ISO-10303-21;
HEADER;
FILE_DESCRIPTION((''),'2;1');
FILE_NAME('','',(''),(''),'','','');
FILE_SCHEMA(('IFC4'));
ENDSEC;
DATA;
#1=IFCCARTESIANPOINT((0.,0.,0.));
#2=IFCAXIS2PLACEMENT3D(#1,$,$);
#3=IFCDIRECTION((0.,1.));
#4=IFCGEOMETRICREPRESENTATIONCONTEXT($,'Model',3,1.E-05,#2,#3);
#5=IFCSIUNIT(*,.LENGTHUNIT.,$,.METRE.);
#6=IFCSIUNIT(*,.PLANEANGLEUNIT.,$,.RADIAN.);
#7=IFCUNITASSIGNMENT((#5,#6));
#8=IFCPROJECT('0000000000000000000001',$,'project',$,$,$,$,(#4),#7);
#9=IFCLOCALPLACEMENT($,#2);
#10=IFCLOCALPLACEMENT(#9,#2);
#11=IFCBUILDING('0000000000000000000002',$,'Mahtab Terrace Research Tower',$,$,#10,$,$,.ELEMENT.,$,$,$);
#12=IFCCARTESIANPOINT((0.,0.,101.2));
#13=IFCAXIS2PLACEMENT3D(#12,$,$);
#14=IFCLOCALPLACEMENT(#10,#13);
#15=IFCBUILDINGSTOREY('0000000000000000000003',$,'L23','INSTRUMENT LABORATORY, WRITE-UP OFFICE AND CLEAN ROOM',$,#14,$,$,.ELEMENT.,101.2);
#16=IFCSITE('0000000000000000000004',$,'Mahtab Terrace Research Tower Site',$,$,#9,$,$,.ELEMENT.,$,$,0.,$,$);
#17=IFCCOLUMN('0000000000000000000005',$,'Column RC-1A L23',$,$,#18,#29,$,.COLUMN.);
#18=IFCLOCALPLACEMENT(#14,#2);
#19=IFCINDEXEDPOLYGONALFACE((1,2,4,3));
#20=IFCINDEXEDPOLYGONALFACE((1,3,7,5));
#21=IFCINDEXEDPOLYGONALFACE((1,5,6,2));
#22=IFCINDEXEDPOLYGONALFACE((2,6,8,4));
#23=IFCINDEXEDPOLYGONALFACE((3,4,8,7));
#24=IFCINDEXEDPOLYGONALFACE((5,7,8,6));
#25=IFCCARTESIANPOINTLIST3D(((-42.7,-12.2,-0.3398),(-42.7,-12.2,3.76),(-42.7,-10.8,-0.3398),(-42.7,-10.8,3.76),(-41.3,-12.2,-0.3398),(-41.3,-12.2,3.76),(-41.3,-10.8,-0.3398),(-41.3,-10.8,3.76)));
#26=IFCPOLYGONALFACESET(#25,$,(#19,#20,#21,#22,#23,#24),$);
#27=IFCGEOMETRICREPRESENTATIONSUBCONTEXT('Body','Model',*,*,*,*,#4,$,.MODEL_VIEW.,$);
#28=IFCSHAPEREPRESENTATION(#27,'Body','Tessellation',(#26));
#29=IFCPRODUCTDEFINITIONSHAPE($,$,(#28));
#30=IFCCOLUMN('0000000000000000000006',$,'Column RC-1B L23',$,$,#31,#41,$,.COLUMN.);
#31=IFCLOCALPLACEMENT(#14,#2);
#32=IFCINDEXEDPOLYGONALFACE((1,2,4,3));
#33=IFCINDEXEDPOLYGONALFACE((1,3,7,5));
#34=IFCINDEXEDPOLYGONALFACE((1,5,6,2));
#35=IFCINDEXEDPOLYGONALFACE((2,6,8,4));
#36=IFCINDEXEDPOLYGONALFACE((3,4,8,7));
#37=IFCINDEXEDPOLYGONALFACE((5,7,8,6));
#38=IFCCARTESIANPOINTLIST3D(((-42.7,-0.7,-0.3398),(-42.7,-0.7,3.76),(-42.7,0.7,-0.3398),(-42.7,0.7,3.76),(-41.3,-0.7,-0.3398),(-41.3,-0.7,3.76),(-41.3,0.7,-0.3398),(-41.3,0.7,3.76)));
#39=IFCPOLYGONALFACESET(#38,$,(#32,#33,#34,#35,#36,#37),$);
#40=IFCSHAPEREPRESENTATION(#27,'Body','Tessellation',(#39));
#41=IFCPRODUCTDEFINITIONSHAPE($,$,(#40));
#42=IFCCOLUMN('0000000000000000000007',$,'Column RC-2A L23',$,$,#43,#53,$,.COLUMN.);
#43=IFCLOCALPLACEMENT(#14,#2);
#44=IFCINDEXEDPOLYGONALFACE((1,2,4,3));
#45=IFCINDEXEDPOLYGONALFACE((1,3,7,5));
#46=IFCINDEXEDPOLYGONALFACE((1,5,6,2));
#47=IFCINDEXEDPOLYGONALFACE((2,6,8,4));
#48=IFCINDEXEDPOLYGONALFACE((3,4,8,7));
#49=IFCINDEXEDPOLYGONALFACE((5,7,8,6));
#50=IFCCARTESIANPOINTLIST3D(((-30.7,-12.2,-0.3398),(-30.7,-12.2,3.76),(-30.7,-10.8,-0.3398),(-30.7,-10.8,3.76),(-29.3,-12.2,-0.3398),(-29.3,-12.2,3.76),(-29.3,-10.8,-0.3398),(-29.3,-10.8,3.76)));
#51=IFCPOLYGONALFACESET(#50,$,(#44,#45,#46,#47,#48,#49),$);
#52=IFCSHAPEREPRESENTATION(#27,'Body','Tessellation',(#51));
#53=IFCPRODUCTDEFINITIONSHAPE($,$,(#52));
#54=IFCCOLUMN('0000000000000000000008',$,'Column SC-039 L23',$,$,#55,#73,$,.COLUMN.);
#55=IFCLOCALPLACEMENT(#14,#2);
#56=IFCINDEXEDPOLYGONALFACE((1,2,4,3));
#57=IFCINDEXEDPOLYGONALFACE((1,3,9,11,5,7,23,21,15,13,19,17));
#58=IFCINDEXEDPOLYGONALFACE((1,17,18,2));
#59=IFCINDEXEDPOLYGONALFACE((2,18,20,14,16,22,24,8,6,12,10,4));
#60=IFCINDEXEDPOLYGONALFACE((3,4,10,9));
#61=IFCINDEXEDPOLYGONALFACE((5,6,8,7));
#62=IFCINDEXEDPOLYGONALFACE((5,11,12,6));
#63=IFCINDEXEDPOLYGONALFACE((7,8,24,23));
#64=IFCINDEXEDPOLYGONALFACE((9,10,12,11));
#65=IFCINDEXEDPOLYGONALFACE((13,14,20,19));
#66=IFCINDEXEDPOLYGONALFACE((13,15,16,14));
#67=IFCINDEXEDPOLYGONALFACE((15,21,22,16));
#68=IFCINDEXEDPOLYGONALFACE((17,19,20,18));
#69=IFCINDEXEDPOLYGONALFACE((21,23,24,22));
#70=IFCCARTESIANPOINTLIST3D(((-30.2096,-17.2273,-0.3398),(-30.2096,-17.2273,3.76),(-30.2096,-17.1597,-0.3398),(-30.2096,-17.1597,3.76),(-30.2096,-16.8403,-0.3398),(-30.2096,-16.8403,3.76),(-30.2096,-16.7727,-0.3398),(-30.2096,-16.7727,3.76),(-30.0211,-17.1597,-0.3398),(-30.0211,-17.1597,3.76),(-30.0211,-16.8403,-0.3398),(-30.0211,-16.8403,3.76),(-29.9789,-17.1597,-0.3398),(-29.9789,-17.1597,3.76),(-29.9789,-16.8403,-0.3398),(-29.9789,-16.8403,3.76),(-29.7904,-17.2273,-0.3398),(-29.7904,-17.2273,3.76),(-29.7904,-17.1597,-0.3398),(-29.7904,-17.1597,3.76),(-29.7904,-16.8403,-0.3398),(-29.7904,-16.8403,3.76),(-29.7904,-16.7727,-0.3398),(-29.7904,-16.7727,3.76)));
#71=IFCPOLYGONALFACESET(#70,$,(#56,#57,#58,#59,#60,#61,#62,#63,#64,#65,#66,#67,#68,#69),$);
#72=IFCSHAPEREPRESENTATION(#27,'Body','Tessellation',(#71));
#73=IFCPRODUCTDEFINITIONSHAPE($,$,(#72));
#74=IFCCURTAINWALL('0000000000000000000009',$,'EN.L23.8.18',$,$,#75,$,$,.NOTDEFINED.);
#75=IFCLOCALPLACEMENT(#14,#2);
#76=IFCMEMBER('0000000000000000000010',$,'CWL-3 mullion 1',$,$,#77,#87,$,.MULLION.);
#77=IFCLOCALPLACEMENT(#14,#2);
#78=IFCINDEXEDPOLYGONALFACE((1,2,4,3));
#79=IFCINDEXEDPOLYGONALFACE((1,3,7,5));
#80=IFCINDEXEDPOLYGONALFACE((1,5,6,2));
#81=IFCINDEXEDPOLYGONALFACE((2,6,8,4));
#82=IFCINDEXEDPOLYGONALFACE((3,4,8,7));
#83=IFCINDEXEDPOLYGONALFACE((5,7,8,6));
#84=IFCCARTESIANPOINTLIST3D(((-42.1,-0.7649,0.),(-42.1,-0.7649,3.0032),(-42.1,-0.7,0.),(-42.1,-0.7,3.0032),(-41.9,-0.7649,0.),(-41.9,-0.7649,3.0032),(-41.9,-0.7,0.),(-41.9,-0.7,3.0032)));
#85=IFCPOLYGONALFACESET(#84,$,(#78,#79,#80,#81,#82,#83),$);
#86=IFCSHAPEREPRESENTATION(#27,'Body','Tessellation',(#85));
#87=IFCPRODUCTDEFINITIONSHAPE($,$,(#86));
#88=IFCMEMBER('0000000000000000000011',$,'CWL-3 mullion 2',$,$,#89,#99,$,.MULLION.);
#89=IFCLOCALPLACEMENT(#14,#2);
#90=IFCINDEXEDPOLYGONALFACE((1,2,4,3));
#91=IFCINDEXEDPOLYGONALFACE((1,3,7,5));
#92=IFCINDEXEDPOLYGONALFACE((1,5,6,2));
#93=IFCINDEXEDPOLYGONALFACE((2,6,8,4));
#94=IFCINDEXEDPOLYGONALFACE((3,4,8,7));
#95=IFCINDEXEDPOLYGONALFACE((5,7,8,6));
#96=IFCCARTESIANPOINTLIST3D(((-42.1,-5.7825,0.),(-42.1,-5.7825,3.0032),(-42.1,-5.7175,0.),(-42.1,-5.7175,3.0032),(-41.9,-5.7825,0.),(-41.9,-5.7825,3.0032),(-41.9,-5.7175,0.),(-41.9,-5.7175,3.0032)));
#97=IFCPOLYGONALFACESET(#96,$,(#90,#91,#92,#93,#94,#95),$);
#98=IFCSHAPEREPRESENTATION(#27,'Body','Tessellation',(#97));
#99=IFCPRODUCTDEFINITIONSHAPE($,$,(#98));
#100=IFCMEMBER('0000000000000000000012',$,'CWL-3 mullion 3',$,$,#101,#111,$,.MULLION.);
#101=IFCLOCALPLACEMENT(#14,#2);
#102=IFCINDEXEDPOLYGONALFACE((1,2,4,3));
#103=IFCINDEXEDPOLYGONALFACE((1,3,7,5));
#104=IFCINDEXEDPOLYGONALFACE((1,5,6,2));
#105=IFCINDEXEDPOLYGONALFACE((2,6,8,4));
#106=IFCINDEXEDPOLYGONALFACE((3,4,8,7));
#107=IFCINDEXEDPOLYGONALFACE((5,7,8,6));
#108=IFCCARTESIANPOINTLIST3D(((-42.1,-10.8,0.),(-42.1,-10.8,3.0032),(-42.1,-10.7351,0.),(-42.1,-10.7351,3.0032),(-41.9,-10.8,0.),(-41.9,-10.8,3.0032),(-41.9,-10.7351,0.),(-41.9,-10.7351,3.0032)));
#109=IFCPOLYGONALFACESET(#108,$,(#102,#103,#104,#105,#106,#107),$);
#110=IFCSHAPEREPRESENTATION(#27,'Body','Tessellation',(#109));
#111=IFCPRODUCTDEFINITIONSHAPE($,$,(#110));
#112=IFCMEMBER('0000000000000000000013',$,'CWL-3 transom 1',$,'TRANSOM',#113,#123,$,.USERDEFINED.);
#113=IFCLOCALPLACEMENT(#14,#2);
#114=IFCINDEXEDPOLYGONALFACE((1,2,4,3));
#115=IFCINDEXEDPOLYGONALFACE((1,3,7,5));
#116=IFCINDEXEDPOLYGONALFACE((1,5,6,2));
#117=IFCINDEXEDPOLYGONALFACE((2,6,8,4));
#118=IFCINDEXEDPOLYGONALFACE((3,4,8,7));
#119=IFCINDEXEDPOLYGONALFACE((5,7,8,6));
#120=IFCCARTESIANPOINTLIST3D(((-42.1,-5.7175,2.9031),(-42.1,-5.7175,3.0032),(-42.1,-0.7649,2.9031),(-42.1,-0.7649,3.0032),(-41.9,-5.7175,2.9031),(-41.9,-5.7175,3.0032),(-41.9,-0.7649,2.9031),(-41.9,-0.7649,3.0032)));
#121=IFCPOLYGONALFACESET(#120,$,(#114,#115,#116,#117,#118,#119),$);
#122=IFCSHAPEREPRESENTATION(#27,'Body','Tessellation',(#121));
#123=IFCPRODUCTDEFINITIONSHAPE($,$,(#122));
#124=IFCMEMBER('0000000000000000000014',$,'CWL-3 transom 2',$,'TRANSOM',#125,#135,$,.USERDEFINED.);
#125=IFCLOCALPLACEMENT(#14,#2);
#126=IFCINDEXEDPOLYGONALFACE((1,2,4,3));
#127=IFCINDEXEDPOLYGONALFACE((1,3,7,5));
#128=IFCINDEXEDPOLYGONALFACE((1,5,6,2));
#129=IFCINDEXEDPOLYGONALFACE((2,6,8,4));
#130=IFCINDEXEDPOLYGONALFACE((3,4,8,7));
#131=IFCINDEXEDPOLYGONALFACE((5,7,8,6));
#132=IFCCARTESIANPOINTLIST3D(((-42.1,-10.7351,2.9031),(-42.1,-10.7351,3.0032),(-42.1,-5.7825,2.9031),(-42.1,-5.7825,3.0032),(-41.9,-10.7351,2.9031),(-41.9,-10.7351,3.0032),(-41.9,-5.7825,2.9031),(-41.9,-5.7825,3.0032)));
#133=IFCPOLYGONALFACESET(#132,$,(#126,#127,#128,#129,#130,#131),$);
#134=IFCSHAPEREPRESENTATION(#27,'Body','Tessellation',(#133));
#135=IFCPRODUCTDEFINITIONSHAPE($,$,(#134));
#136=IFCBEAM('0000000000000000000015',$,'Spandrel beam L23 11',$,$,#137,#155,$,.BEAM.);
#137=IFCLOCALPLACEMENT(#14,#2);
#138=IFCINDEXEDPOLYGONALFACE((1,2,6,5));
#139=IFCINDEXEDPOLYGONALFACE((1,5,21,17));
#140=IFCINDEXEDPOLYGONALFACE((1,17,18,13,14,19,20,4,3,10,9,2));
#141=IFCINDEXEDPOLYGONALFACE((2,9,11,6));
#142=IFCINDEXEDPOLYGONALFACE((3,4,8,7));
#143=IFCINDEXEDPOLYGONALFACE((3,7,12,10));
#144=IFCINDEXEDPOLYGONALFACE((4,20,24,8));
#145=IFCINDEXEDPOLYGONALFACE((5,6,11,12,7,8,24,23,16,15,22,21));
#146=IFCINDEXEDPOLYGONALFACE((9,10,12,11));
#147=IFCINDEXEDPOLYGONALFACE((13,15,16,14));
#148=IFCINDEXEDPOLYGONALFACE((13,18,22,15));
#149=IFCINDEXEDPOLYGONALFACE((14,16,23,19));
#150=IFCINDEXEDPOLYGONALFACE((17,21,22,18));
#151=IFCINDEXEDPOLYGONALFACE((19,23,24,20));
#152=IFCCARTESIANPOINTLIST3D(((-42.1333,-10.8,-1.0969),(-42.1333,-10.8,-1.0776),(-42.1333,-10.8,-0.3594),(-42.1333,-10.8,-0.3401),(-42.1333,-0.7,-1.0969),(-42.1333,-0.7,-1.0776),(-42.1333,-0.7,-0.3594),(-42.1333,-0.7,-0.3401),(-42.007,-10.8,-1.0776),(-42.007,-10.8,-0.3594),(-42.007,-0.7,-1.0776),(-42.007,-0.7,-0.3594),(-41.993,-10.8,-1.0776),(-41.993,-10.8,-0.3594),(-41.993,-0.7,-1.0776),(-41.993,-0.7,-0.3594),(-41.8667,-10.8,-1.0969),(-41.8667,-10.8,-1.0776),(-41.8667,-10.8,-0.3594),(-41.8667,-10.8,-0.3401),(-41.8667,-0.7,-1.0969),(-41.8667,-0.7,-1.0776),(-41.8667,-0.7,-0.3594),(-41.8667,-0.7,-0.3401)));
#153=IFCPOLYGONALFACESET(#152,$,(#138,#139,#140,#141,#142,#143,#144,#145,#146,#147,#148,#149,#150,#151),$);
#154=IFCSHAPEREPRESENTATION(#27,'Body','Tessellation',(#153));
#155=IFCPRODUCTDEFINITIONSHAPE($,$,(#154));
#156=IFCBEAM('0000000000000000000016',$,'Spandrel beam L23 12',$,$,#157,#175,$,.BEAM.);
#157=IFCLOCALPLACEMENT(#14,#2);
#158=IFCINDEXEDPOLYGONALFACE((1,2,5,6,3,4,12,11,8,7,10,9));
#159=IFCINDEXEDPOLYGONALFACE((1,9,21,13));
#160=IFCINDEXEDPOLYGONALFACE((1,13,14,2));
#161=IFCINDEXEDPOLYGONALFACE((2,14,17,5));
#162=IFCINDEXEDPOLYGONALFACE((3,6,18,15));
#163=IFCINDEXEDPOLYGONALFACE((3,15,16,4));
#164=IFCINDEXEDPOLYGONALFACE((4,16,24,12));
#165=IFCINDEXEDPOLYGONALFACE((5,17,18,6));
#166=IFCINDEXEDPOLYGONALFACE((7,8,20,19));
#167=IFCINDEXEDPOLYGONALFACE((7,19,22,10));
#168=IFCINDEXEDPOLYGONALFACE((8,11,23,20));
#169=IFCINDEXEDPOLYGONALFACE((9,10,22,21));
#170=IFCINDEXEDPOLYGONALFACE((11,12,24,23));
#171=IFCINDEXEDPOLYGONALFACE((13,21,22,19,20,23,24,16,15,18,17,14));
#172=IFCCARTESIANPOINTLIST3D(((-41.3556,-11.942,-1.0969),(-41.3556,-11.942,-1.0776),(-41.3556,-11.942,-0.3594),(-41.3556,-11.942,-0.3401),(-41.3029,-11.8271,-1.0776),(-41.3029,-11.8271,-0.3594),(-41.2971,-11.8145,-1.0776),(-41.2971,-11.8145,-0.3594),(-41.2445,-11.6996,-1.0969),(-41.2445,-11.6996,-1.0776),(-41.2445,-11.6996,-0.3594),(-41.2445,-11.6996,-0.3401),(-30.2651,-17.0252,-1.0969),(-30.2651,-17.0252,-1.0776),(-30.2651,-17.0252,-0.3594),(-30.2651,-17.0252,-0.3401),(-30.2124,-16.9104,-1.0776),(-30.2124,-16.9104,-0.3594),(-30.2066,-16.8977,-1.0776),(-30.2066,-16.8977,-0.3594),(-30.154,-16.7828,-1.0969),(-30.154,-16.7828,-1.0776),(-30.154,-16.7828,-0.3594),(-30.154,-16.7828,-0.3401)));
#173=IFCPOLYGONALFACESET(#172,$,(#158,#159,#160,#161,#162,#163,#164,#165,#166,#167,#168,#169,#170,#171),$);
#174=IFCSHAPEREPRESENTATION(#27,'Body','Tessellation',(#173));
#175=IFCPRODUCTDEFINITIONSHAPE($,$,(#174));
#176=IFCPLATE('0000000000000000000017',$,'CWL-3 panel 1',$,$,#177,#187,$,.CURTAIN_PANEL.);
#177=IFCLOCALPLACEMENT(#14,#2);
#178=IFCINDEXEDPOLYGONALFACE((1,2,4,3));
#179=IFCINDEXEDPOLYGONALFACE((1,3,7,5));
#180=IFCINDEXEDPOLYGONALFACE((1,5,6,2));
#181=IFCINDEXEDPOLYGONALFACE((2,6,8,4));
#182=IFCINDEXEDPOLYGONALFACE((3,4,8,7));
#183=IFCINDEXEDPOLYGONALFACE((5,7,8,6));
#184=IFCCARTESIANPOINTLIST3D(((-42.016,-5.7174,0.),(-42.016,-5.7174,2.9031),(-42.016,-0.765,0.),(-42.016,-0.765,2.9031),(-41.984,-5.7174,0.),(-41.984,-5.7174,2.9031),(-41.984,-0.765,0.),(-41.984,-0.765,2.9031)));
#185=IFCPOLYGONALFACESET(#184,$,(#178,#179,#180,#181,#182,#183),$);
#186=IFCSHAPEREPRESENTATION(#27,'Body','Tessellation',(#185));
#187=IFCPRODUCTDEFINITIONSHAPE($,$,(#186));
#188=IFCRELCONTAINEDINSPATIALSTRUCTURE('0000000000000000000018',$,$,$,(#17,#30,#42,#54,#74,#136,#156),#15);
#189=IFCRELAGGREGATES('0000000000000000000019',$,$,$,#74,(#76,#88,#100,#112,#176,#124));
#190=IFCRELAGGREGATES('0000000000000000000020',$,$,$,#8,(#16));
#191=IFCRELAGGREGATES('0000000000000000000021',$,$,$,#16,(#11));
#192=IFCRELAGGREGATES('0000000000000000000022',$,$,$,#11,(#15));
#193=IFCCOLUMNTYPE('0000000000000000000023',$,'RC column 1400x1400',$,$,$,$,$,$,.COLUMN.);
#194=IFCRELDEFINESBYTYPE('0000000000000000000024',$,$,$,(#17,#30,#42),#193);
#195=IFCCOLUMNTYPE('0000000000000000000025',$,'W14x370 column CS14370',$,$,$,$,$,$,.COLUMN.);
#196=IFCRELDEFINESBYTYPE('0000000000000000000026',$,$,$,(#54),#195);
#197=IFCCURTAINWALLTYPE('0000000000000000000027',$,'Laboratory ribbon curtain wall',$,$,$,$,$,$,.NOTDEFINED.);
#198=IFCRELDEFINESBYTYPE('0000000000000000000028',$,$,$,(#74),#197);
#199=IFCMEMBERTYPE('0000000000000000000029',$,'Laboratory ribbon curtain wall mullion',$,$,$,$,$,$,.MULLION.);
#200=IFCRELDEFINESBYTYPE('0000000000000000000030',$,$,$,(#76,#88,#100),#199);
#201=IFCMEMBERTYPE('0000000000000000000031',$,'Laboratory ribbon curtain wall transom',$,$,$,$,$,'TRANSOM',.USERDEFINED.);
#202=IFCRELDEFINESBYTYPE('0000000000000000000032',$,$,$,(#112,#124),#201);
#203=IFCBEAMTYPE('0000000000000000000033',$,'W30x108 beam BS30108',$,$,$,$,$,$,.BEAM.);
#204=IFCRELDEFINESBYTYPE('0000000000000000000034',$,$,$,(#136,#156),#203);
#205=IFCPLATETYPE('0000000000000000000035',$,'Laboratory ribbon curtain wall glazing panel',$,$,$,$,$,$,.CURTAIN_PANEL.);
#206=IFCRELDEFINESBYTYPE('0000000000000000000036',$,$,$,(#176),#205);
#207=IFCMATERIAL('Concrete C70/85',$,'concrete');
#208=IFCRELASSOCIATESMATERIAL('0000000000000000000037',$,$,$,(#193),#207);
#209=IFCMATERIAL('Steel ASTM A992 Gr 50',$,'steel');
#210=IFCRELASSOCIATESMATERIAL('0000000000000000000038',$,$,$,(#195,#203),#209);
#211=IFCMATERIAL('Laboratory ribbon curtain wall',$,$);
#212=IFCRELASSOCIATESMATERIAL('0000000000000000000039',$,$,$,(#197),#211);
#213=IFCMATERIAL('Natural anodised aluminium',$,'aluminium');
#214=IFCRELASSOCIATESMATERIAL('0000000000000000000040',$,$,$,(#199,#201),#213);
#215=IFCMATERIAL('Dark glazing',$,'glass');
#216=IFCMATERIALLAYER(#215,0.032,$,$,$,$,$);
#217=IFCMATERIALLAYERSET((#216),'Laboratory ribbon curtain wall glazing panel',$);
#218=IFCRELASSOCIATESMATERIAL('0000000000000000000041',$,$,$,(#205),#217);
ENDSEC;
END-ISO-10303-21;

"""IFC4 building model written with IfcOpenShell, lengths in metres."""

from ifc_helpers import new_model, si_unit, direction, frame, origin, origin_2d, place, context, subcontext, project, spatial, rectangle, i_section, extrude, material, layer, layer_set, material_profile, profile_set, type_object, element, aggregate, save


model = new_model("IFC4")

# Units and contexts
model_context = context("Model", 3, precision=1e-05, world=origin(), true_north=direction((0.0, 1.0)))
body_context = subcontext(model_context, "Body", "Model", "MODEL_VIEW")
ifc_project = project(units=[si_unit("LENGTHUNIT", "METRE"), si_unit("PLANEANGLEUNIT", "RADIAN")], contexts=[model_context])

# Site, building, storey
site_placement = place(None, origin())
site = spatial("IfcSite", under=ifc_project, at=site_placement, Name="Mahtab Terrace Research Tower Site", CompositionType="ELEMENT", RefElevation=0.0)
building_placement = place(site_placement, origin())
building = spatial("IfcBuilding", under=site, at=building_placement, Name="Mahtab Terrace Research Tower", CompositionType="ELEMENT")
storey_placement = place(building_placement, frame((0.0, 0.0, 101.2)))
storey = spatial("IfcBuildingStorey", under=building, at=storey_placement, Name="L23", Description="INSTRUMENT LABORATORY, WRITE-UP OFFICE AND CLEAN ROOM", CompositionType="ELEMENT", Elevation=101.2)

# Columns
ifc_material_1 = material(Name="Concrete C70/85", Category="concrete")
ifc_material_profile_1 = material_profile(ifc_material_1, rectangle(XDim=1.3999, YDim=1.3999, at=origin_2d()), Name="RC column 1400x1400")
ifc_profile_set_1 = profile_set([ifc_material_profile_1], Name="Concrete C70/85")
column_type_1 = type_object("IfcColumnType", Name="RC column 1400x1400", PredefinedType="COLUMN", material=ifc_profile_set_1)
for number, where, z_axis, x_axis, name in (
    (1, (-42.0, -11.5, -0.3398), (0.0, 0.0, 1.0), (1.0, 0.0, 0.0), "Column RC-1A L23"),
    (2, (-42.0, 0.0, -0.3398), (0.0, 0.0, 1.0), (1.0, 0.0, 0.0), "Column RC-1B L23"),
    (3, (-30.0, -11.5, -0.3398), (0.0, 0.0, 1.0), (1.0, 0.0, 0.0), "Column RC-2A L23"),
):
    element("IfcColumn", number, at=place(storey_placement, frame(where, z_axis=z_axis, x_axis=x_axis)), inside=storey, type_object=column_type_1, Name=name, PredefinedType="COLUMN", context=body_context, shape_type="SweptSolid", body=[
        extrude(rectangle(XDim=1.3999, YDim=1.3999, at=origin_2d()), origin(), (0.0, 0.0, 1.0), 4.0999),
    ])
ifc_material_2 = material(Name="Steel ASTM A992 Gr 50", Category="steel")
ifc_material_profile_2 = material_profile(ifc_material_2, i_section(OverallWidth=0.4192, OverallDepth=0.4546, WebThickness=0.0422, FlangeThickness=0.0676, at=origin_2d()), Name="W14X370")
ifc_profile_set_2 = profile_set([ifc_material_profile_2], Name="Steel ASTM A992 Gr 50")
column_type_2 = type_object("IfcColumnType", Name="W14x370 column CS14370", PredefinedType="COLUMN", material=ifc_profile_set_2)
column_placement = place(storey_placement, frame((-30.0, -17.0, -0.3398), z_axis=(0.0, 0.0, 1.0), x_axis=(1.0, 0.0, 0.0)))
element("IfcColumn", 4, at=column_placement, inside=storey, type_object=column_type_2, Name="Column SC-039 L23", PredefinedType="COLUMN", context=body_context, shape_type="SweptSolid", body=[
    extrude(i_section(OverallWidth=0.4192, OverallDepth=0.4546, WebThickness=0.0422, FlangeThickness=0.0676, at=origin_2d()), origin(), (0.0, 0.0, 1.0), 4.0999),
])

# Curtain wall, members
ifc_material_3 = material(Name="Laboratory ribbon curtain wall")
curtain_wall_type = type_object("IfcCurtainWallType", Name="Laboratory ribbon curtain wall", PredefinedType="NOTDEFINED", material=ifc_material_3)
curtain_wall_placement = place(storey_placement, origin())
curtain_wall = element("IfcCurtainWall", 5, at=curtain_wall_placement, inside=storey, type_object=curtain_wall_type, Name="EN.L23.8.18", PredefinedType="NOTDEFINED")
ifc_material_4 = material(Name="Natural anodised aluminium", Category="aluminium")
ifc_material_profile_3 = material_profile(ifc_material_4, rectangle(XDim=0.2, YDim=0.0649, at=origin_2d()), Name="MULLION 65x200")
ifc_profile_set_3 = profile_set([ifc_material_profile_3], Name="Natural anodised aluminium")
member_type_1 = type_object("IfcMemberType", Name="Laboratory ribbon curtain wall mullion", PredefinedType="MULLION", material=ifc_profile_set_3)
member_1_placement = place(storey_placement, frame((-42.0, -0.7324, 0.0), z_axis=(0.0, 0.0, 1.0), x_axis=(1.0, 0.0, 0.0)))
member_1 = element("IfcMember", 6, at=member_1_placement, type_object=member_type_1, Name="CWL-3 mullion 1", PredefinedType="MULLION", context=body_context, shape_type="SweptSolid", body=[
    extrude(rectangle(XDim=0.2, YDim=0.0649, at=origin_2d()), origin(), (0.0, 0.0, 1.0), 3.0032),
])
member_2_placement = place(storey_placement, frame((-42.0, -5.75, 0.0), z_axis=(0.0, 0.0, 1.0), x_axis=(1.0, 0.0, 0.0)))
member_2 = element("IfcMember", 7, at=member_2_placement, type_object=member_type_1, Name="CWL-3 mullion 2", PredefinedType="MULLION", context=body_context, shape_type="SweptSolid", body=[
    extrude(rectangle(XDim=0.2, YDim=0.0649, at=origin_2d()), origin(), (0.0, 0.0, 1.0), 3.0032),
])
member_3_placement = place(storey_placement, frame((-42.0, -10.7676, 0.0), z_axis=(0.0, 0.0, 1.0), x_axis=(1.0, 0.0, 0.0)))
member_3 = element("IfcMember", 8, at=member_3_placement, type_object=member_type_1, Name="CWL-3 mullion 3", PredefinedType="MULLION", context=body_context, shape_type="SweptSolid", body=[
    extrude(rectangle(XDim=0.2, YDim=0.0649, at=origin_2d()), origin(), (0.0, 0.0, 1.0), 3.0032),
])
ifc_material_profile_4 = material_profile(ifc_material_4, rectangle(XDim=0.2, YDim=0.1001, at=origin_2d()), Name="TRANSOM 100x200")
ifc_profile_set_4 = profile_set([ifc_material_profile_4], Name="Natural anodised aluminium")
member_type_2 = type_object("IfcMemberType", Name="Laboratory ribbon curtain wall transom", ElementType="TRANSOM", PredefinedType="USERDEFINED", material=ifc_profile_set_4)
member_4_placement = place(storey_placement, frame((-42.0, -0.7649, 2.9531), z_axis=(0.0, -1.0, 0.0), x_axis=(1.0, 0.0, 0.0)))
member_4 = element("IfcMember", 9, at=member_4_placement, type_object=member_type_2, Name="CWL-3 transom 1", ObjectType="TRANSOM", PredefinedType="USERDEFINED", context=body_context, shape_type="SweptSolid", body=[
    extrude(rectangle(XDim=0.2, YDim=0.1001, at=origin_2d()), origin(), (0.0, 0.0, 1.0), 4.9526),
])
member_5_placement = place(storey_placement, frame((-42.0, -5.7825, 2.9531), z_axis=(0.0, -1.0, 0.0), x_axis=(1.0, 0.0, 0.0)))
member_5 = element("IfcMember", 10, at=member_5_placement, type_object=member_type_2, Name="CWL-3 transom 2", ObjectType="TRANSOM", PredefinedType="USERDEFINED", context=body_context, shape_type="SweptSolid", body=[
    extrude(rectangle(XDim=0.2, YDim=0.1001, at=origin_2d()), origin(), (0.0, 0.0, 1.0), 4.9526),
])

# Beams
ifc_material_profile_5 = material_profile(ifc_material_2, i_section(OverallWidth=0.2666, OverallDepth=0.7568, WebThickness=0.0139, FlangeThickness=0.0193, at=origin_2d()), Name="W30X108")
ifc_profile_set_5 = profile_set([ifc_material_profile_5], Name="Steel ASTM A992 Gr 50")
beam_type = type_object("IfcBeamType", Name="W30x108 beam BS30108", PredefinedType="BEAM", material=ifc_profile_set_5)
beam_1_placement = place(storey_placement, frame((-42.0, -0.7, -0.7185), z_axis=(0.0, -1.0, 0.0), x_axis=(1.0, 0.0, 0.0)))
element("IfcBeam", 11, at=beam_1_placement, inside=storey, type_object=beam_type, Name="Spandrel beam L23 11", PredefinedType="BEAM", context=body_context, shape_type="SweptSolid", body=[
    extrude(i_section(OverallWidth=0.2666, OverallDepth=0.7568, WebThickness=0.0139, FlangeThickness=0.0193, at=origin_2d()), origin(), (0.0, 0.0, 1.0), 10.1001),
])
beam_2_placement = place(storey_placement, frame((-41.3, -11.8208, -0.7185), z_axis=(0.909063, -0.41666, 0.0), x_axis=(0.41666, 0.909063, 0.0)))
element("IfcBeam", 12, at=beam_2_placement, inside=storey, type_object=beam_type, Name="Spandrel beam L23 12", PredefinedType="BEAM", context=body_context, shape_type="SweptSolid", body=[
    extrude(i_section(OverallWidth=0.2666, OverallDepth=0.7568, WebThickness=0.0139, FlangeThickness=0.0193, at=origin_2d()), origin(), (0.0, 0.0, 1.0), 12.2),
])

# Plate
ifc_material_5 = material(Name="Dark glazing", Category="glass")
ifc_layer_1 = layer(ifc_material_5, 0.032)
ifc_layer_set_1 = layer_set([ifc_layer_1], Name="Laboratory ribbon curtain wall glazing panel")
plate_type = type_object("IfcPlateType", Name="Laboratory ribbon curtain wall glazing panel", PredefinedType="CURTAIN_PANEL", material=ifc_layer_set_1)
plate_1_placement = place(storey_placement, frame((-42.0, -3.2412, 0.0), z_axis=(0.0, 0.0, 1.0), x_axis=(0.0, -1.0, 0.0)))
plate_1 = element("IfcPlate", 13, at=plate_1_placement, type_object=plate_type, Name="CWL-3 panel 1", PredefinedType="CURTAIN_PANEL", context=body_context, shape_type="SweptSolid", body=[
    extrude(rectangle(XDim=4.9524, YDim=0.032, at=origin_2d()), origin(), (0.0, 0.0, 1.0), 2.9031),
])
aggregate(curtain_wall, [member_1, member_2, member_3, member_4, plate_1, member_5])

save(model, "model.ifc")
